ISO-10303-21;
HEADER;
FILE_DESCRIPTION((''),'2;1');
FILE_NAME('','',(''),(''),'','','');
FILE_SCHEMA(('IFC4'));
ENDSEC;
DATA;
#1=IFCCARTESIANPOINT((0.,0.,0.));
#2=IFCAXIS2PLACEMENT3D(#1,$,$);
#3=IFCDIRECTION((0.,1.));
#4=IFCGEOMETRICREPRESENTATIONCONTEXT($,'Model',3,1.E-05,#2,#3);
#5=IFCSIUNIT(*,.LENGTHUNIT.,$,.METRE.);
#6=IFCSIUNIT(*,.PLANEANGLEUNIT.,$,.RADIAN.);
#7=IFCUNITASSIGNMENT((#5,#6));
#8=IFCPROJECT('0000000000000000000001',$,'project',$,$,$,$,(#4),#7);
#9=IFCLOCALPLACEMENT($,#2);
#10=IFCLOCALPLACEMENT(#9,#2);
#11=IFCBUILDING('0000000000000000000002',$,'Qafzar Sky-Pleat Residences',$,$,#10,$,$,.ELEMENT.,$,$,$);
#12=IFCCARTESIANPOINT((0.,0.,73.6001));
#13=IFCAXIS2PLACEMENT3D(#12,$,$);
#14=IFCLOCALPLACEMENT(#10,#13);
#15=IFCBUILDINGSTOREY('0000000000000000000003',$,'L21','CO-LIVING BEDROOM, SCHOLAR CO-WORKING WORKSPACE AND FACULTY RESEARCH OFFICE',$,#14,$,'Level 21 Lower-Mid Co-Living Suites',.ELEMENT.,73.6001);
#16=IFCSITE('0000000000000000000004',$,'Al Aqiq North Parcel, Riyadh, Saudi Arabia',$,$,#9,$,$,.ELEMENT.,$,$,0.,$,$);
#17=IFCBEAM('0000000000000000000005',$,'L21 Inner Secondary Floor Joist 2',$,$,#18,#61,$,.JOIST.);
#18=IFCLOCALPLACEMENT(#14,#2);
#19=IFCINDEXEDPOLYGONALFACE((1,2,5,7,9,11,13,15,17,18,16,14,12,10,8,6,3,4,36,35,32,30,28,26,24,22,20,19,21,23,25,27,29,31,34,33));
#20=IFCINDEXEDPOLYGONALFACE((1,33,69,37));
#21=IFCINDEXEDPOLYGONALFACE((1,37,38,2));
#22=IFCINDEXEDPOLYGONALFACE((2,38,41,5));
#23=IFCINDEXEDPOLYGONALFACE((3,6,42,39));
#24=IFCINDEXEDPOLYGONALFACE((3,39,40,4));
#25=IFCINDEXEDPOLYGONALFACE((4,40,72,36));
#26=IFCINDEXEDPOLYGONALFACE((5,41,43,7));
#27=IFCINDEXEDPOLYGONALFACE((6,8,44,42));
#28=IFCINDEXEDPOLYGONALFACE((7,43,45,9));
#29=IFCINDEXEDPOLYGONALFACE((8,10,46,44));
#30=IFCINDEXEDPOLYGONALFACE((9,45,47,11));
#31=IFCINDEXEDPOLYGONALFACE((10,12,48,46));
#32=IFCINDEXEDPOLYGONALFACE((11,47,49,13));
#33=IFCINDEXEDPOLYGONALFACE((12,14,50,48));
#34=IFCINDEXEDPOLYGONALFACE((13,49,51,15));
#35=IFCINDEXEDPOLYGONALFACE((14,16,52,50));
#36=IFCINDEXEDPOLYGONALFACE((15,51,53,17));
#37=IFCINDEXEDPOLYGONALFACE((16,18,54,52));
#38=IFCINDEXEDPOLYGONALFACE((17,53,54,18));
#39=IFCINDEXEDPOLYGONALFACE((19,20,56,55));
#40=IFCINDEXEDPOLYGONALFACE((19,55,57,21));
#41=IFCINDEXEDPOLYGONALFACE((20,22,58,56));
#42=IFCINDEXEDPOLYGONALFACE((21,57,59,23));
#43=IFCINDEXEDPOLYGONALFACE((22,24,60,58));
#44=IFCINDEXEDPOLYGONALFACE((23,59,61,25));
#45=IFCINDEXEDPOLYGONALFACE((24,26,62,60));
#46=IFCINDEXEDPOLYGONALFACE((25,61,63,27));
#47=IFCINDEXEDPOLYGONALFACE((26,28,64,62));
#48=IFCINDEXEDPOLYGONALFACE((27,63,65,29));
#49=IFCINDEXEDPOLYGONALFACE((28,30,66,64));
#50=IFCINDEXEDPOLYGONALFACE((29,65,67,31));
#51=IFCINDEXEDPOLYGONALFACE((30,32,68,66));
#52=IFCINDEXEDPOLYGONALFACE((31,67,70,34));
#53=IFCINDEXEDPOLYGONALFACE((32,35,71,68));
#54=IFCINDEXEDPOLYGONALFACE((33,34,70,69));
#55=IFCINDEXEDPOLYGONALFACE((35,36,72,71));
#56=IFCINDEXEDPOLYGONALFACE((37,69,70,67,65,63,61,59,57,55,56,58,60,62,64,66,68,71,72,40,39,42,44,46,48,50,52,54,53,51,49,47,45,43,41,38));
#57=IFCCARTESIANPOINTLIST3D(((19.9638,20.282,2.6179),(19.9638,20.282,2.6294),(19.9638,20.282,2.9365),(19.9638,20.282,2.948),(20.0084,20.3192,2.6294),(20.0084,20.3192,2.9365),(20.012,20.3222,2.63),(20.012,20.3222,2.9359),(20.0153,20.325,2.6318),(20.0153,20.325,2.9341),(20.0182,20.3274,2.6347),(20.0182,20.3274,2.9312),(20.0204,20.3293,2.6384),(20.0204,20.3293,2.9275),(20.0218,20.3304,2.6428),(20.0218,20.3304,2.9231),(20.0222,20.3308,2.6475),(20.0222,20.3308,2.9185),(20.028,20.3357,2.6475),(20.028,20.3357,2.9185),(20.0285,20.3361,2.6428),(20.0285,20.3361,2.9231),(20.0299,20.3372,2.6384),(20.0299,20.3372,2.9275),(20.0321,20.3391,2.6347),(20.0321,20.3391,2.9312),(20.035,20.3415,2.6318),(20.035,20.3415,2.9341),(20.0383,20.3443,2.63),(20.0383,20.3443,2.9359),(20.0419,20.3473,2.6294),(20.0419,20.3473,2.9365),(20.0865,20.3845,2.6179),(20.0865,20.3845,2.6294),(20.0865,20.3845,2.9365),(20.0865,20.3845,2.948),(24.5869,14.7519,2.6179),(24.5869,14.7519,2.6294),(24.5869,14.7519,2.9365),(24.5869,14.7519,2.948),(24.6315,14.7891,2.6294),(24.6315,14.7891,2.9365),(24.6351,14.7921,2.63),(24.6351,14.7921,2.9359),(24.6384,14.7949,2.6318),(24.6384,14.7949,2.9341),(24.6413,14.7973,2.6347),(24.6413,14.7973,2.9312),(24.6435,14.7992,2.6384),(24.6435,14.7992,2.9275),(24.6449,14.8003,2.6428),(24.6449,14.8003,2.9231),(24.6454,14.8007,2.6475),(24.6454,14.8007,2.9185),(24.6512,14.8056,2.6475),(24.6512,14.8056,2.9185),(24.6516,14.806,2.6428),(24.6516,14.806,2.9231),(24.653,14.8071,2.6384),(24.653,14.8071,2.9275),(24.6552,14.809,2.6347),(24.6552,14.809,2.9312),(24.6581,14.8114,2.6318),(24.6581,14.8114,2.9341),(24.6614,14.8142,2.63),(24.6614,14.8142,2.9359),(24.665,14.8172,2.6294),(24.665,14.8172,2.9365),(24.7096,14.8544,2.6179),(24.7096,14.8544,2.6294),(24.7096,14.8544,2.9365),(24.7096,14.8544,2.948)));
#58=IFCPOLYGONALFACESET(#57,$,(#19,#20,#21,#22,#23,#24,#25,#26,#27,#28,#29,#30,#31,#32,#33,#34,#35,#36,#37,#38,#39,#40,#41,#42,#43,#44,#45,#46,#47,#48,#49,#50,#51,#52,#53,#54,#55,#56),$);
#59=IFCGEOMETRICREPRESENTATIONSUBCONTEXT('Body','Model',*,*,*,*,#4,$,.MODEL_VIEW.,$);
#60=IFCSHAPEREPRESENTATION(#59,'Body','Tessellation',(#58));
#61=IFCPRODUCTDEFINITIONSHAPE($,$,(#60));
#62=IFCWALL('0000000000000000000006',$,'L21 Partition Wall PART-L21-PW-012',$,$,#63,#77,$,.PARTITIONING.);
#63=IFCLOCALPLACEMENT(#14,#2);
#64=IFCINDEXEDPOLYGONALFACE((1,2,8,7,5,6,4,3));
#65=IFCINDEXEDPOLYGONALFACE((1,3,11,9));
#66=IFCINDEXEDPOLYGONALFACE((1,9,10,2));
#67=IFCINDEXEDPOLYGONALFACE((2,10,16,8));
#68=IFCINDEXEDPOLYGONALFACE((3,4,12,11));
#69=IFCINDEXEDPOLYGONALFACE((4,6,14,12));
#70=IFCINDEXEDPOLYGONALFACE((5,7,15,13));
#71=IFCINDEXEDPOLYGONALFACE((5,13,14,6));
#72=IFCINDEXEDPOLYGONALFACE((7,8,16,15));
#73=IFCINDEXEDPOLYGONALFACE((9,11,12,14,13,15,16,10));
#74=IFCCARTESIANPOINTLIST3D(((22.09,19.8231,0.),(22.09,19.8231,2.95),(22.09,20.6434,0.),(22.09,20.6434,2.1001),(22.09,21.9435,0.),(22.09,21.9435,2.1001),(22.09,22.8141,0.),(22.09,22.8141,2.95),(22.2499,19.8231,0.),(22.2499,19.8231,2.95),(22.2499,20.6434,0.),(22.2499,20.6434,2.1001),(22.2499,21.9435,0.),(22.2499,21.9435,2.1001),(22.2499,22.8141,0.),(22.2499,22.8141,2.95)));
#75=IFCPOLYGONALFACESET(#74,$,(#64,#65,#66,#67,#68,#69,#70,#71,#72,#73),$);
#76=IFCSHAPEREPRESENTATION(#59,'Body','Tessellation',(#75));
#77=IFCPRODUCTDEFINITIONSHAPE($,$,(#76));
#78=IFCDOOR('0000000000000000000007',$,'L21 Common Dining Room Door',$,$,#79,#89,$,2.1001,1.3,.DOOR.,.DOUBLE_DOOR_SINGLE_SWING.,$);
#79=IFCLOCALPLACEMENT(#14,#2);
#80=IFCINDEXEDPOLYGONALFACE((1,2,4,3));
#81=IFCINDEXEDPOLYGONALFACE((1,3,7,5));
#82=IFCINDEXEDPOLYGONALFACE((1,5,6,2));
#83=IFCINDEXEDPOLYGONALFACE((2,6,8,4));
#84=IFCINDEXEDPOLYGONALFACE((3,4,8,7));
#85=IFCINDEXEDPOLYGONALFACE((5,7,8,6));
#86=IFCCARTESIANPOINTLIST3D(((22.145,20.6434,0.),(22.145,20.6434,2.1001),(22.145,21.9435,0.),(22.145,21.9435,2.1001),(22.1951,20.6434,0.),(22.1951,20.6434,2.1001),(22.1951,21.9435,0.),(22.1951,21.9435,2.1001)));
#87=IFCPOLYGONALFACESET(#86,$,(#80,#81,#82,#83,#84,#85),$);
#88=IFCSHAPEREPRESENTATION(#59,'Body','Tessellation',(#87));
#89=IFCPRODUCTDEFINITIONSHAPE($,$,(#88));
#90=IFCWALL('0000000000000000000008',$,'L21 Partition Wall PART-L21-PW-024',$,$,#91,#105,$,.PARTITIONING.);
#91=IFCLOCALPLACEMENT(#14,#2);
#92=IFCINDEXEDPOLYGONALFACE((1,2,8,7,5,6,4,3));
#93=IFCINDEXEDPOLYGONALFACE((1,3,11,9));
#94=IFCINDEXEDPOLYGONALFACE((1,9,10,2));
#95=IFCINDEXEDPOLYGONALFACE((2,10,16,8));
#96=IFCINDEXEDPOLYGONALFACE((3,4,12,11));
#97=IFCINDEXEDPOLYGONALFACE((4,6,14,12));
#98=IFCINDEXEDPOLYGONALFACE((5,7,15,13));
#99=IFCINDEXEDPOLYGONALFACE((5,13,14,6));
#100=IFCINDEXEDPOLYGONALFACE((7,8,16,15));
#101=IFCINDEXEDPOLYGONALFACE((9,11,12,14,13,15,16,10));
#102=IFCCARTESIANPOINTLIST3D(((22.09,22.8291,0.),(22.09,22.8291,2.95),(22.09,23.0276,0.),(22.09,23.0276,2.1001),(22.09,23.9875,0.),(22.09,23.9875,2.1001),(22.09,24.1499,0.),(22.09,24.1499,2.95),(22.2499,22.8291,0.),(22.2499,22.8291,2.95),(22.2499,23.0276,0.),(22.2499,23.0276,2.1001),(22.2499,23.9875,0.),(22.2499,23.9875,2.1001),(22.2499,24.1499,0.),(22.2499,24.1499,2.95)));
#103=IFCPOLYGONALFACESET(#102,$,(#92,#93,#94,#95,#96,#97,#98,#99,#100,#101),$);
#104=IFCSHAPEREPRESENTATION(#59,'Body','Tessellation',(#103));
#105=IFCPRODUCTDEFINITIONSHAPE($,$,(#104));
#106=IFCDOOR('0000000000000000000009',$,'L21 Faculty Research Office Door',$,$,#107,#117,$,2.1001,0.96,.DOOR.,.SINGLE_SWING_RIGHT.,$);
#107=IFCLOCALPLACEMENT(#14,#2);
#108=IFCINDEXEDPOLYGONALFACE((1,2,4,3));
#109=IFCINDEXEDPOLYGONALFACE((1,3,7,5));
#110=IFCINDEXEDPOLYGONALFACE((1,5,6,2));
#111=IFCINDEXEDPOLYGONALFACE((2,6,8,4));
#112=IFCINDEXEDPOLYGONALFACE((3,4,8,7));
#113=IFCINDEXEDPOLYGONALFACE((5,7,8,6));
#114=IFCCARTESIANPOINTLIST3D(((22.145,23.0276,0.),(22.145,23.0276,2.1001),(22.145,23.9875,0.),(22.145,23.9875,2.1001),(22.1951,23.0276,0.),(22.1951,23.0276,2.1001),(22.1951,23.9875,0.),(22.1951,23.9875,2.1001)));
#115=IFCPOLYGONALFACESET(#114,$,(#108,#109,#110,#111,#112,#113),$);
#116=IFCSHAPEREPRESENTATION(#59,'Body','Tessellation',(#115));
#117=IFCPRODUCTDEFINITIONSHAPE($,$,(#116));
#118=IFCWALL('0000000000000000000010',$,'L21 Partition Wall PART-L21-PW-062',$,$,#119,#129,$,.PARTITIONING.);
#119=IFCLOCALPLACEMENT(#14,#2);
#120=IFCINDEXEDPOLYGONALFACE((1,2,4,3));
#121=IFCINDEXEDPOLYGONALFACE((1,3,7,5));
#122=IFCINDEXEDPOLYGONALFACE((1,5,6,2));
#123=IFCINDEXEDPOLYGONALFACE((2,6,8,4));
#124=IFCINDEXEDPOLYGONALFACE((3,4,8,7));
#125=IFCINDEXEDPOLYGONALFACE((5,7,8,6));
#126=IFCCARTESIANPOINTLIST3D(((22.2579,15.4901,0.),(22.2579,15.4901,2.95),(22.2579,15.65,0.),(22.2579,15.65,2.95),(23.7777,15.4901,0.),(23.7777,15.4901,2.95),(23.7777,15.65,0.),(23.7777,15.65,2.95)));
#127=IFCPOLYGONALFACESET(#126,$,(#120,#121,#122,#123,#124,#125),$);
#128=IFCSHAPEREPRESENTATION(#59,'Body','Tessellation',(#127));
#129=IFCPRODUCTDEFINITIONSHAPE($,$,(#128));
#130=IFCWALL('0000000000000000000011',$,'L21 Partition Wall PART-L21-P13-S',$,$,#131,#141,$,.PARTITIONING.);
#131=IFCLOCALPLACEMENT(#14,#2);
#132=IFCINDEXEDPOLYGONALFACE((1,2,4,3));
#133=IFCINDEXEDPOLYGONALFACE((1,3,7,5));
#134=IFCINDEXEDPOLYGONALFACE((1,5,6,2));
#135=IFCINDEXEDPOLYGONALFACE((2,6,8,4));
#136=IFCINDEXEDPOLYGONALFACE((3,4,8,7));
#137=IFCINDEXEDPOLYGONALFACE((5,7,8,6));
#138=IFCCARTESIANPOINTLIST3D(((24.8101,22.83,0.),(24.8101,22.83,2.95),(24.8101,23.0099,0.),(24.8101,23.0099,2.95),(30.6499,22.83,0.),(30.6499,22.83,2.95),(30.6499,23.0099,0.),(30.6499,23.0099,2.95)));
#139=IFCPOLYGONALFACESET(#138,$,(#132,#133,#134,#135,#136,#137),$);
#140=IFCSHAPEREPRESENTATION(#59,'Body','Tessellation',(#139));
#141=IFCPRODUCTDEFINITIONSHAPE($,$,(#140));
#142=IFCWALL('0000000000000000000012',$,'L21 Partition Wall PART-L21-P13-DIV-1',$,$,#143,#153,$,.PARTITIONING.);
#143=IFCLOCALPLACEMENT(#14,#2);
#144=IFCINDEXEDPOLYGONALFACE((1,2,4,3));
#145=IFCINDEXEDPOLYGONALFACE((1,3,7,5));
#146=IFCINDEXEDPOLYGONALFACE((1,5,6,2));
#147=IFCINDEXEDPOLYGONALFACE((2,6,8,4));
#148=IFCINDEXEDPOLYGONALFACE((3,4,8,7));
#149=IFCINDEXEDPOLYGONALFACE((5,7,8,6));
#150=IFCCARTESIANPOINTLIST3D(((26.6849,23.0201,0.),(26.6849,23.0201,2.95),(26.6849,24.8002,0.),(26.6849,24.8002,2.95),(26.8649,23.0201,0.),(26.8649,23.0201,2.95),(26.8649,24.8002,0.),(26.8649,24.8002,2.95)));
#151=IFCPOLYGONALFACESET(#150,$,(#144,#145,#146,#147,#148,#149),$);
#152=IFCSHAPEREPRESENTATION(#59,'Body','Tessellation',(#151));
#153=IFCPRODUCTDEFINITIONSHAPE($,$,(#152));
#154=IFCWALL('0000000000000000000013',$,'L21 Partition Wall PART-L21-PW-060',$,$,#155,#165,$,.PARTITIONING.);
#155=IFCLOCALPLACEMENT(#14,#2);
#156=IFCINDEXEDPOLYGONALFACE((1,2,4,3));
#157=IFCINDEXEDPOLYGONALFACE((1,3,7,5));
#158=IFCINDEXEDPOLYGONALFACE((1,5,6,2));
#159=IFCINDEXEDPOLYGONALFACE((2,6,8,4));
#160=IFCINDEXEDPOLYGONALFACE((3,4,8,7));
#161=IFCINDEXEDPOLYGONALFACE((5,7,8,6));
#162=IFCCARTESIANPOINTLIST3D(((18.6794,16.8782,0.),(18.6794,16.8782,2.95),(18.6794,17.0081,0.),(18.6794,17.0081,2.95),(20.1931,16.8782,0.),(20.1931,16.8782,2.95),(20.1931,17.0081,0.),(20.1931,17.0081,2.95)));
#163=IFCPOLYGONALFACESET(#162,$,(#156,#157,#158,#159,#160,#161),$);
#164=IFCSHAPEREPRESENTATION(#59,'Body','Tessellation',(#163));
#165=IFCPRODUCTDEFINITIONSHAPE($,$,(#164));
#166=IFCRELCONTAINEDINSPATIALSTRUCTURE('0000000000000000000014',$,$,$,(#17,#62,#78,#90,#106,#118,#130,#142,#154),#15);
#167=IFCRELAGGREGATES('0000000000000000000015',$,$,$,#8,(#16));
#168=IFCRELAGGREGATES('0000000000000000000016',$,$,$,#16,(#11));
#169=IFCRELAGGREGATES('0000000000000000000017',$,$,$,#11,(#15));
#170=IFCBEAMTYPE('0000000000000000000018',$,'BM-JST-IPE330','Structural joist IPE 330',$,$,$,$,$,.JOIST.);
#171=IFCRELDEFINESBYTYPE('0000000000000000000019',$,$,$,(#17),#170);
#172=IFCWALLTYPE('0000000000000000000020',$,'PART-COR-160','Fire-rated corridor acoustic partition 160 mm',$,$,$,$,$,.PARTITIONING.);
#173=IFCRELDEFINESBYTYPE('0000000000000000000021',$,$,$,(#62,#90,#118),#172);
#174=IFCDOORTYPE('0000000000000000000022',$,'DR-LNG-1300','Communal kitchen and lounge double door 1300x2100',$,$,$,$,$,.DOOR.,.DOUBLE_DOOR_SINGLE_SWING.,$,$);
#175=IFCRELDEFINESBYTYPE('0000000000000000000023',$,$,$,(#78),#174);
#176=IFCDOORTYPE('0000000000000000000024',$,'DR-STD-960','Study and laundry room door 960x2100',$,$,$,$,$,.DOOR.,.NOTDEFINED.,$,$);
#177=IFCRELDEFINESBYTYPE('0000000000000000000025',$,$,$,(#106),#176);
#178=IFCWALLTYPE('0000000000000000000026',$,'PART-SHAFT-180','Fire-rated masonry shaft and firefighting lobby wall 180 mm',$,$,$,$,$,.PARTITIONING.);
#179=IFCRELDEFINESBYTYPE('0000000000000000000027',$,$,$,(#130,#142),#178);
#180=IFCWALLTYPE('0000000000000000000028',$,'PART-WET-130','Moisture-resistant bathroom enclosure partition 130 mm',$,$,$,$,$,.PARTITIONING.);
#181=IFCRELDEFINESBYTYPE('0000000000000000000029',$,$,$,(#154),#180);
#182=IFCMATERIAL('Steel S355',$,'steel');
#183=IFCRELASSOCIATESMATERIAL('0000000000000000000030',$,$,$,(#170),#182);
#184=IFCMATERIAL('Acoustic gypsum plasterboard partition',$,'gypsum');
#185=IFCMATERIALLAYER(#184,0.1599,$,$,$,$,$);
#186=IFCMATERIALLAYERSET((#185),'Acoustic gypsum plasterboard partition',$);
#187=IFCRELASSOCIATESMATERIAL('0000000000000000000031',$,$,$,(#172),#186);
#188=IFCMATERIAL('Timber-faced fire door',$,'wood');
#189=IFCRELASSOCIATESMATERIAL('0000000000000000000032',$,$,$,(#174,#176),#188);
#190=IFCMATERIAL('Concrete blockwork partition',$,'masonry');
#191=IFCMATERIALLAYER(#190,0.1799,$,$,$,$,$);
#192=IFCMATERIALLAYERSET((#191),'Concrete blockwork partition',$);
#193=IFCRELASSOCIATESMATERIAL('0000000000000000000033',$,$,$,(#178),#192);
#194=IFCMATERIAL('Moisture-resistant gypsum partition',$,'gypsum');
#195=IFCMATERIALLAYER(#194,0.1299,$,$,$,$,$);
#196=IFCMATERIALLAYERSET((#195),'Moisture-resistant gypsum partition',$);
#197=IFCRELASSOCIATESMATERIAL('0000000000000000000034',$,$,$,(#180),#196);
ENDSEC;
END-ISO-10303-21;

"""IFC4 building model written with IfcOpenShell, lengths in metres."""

from ifc_helpers import new_model, si_unit, direction, frame, frame_2d, origin, origin_2d, place, context, subcontext, project, spatial, rectangle, i_section, extrude, source, transform, mapped, material, layer, layer_set, material_profile, profile_set, type_object, element, fill, save


model = new_model("IFC4")

# Units and contexts
model_context = context("Model", 3, precision=1e-05, world=origin(), true_north=direction((0.0, 1.0)))
body_context = subcontext(model_context, "Body", "Model", "MODEL_VIEW")
ifc_project = project(units=[si_unit("LENGTHUNIT", "METRE"), si_unit("PLANEANGLEUNIT", "RADIAN")], contexts=[model_context])

# Site, building, storey
site_placement = place(None, origin())
site = spatial("IfcSite", under=ifc_project, at=site_placement, Name="Al Aqiq North Parcel, Riyadh, Saudi Arabia", CompositionType="ELEMENT", RefElevation=0.0)
building_placement = place(site_placement, origin())
building = spatial("IfcBuilding", under=site, at=building_placement, Name="Qafzar Sky-Pleat Residences", CompositionType="ELEMENT")
storey_placement = place(building_placement, frame((0.0, 0.0, 73.6001)))
storey = spatial("IfcBuildingStorey", under=building, at=storey_placement, Name="L21", Description="CO-LIVING BEDROOM, SCHOLAR CO-WORKING WORKSPACE AND FACULTY RESEARCH OFFICE", LongName="Level 21 Lower-Mid Co-Living Suites", CompositionType="ELEMENT", Elevation=73.6001)

# Beam
ifc_material_1 = material(Name="Steel S355", Category="steel")
ifc_material_profile = material_profile(ifc_material_1, i_section(OverallWidth=0.1599, OverallDepth=0.3301, WebThickness=0.0076, FlangeThickness=0.0115, FilletRadius=0.0181, at=origin_2d()), Name="IPE 330")
ifc_profile_set = profile_set([ifc_material_profile], Name="Steel S355")
beam_type = type_object("IfcBeamType", Name="BM-JST-IPE330", Description="Structural joist IPE 330", PredefinedType="JOIST", material=ifc_profile_set)
shared_shape_1 = source(origin(), body_context, "Body", "SweptSolid", [
    extrude(i_section(OverallWidth=0.1599, OverallDepth=0.3301, WebThickness=0.0076, FlangeThickness=0.0115, FilletRadius=0.0181, at=origin_2d()), origin(), (0.0, 0.0, 1.0), 7.208),
])
beam_placement = place(storey_placement, frame((20.0251, 20.3333, 2.783), z_axis=(0.641386, -0.767218, 0.0), x_axis=(0.767218, 0.641386, 0.0)))
element("IfcBeam", 1, at=beam_placement, inside=storey, type_object=beam_type, Name="L21 Inner Secondary Floor Joist 2", PredefinedType="JOIST", context=body_context, shape_type="MappedRepresentation", body=[
    mapped(shared_shape_1, transform((0.0, 0.0, 0.0), x_axis=(1.0, 0.0, 0.0), y_axis=(0.0, 1.0, 0.0), z_axis=(0.0, 0.0, 1.0), scale=1.0)),
])

# Walls, openings, doors
ifc_material_2 = material(Name="Acoustic gypsum plasterboard partition", Category="gypsum")
ifc_layer_1 = layer(ifc_material_2, 0.1599)
ifc_layer_set_1 = layer_set([ifc_layer_1], Name="Acoustic gypsum plasterboard partition")
wall_type_1 = type_object("IfcWallType", Name="PART-COR-160", Description="Fire-rated corridor acoustic partition 160 mm", PredefinedType="PARTITIONING", material=ifc_layer_set_1)
wall_1_placement = place(storey_placement, frame((22.1699, 19.823, 0.0), z_axis=(0.0, 0.0, 1.0), x_axis=(0.0, 1.0, 0.0)))
wall_1 = element("IfcWall", 2, at=wall_1_placement, inside=storey, type_object=wall_type_1, Name="L21 Partition Wall PART-L21-PW-012", PredefinedType="PARTITIONING", context=body_context, shape_type="SweptSolid", body=[
    extrude(rectangle(XDim=2.991, YDim=0.1599, at=frame_2d((1.4956, 0.0))), origin(), (0.0, 0.0, 1.0), 2.95),
])
opening_1_placement = place(wall_1_placement, frame((0.8206, 0.0, 0.0)))
opening_1 = element("IfcOpeningElement", 3, at=opening_1_placement, cuts=wall_1, PredefinedType="OPENING", context=body_context, shape_type="SweptSolid", body=[
    extrude(rectangle(XDim=1.3, YDim=2.1001, at=frame_2d((0.6499, 1.05))), frame((0.0, 0.0898, 0.0), z_axis=(0.0, -1.0, 0.0), x_axis=(1.0, 0.0, 0.0)), (0.0, 0.0, 1.0), 0.1799),
])
ifc_material_3 = material(Name="Timber-faced fire door", Category="wood")
door_type_1 = type_object("IfcDoorType", Name="DR-LNG-1300", Description="Communal kitchen and lounge double door 1300x2100", OperationType="DOUBLE_DOOR_SINGLE_SWING", PredefinedType="DOOR", material=ifc_material_3)
shared_shape_2 = source(origin(), body_context, "Body", "SweptSolid", [
    extrude(rectangle(XDim=1.3, YDim=2.1001, at=frame_2d((0.6499, 1.05))), frame((0.0, 0.0249, 0.0), z_axis=(0.0, -1.0, 0.0), x_axis=(1.0, 0.0, 0.0)), (0.0, 0.0, 1.0), 0.05),
])
door_1_placement = place(opening_1_placement, origin())
door_1 = element("IfcDoor", 4, at=door_1_placement, inside=storey, type_object=door_type_1, Name="L21 Common Dining Room Door", OperationType="DOUBLE_DOOR_SINGLE_SWING", OverallHeight=2.1001, OverallWidth=1.3, PredefinedType="DOOR", context=body_context, shape_type="MappedRepresentation", body=[
    mapped(shared_shape_2, transform((0.0, 0.0, 0.0), x_axis=(1.0, 0.0, 0.0), y_axis=(0.0, 1.0, 0.0), z_axis=(0.0, 0.0, 1.0), scale=1.0)),
])
fill(opening_1, door_1)
wall_2_placement = place(storey_placement, frame((22.1699, 22.8291, 0.0), z_axis=(0.0, 0.0, 1.0), x_axis=(0.0, 1.0, 0.0)))
wall_2 = element("IfcWall", 5, at=wall_2_placement, inside=storey, type_object=wall_type_1, Name="L21 Partition Wall PART-L21-PW-024", PredefinedType="PARTITIONING", context=body_context, shape_type="SweptSolid", body=[
    extrude(rectangle(XDim=1.3208, YDim=0.1599, at=frame_2d((0.6604, 0.0))), origin(), (0.0, 0.0, 1.0), 2.95),
])
opening_2_placement = place(wall_2_placement, frame((0.1985, 0.0, 0.0)))
opening_2 = element("IfcOpeningElement", 6, at=opening_2_placement, cuts=wall_2, PredefinedType="OPENING", context=body_context, shape_type="SweptSolid", body=[
    extrude(rectangle(XDim=0.96, YDim=2.1001, at=frame_2d((0.48, 1.05))), frame((0.0, 0.0898, 0.0), z_axis=(0.0, -1.0, 0.0), x_axis=(1.0, 0.0, 0.0)), (0.0, 0.0, 1.0), 0.1799),
])
door_type_2 = type_object("IfcDoorType", Name="DR-STD-960", Description="Study and laundry room door 960x2100", OperationType="NOTDEFINED", PredefinedType="DOOR", material=ifc_material_3)
shared_shape_3 = source(origin(), body_context, "Body", "SweptSolid", [
    extrude(rectangle(XDim=0.96, YDim=2.1001, at=frame_2d((0.48, 1.05))), frame((0.0, 0.0249, 0.0), z_axis=(0.0, -1.0, 0.0), x_axis=(1.0, 0.0, 0.0)), (0.0, 0.0, 1.0), 0.05),
])
door_2_placement = place(opening_2_placement, origin())
door_2 = element("IfcDoor", 7, at=door_2_placement, inside=storey, type_object=door_type_2, Name="L21 Faculty Research Office Door", OperationType="SINGLE_SWING_RIGHT", OverallHeight=2.1001, OverallWidth=0.96, PredefinedType="DOOR", context=body_context, shape_type="MappedRepresentation", body=[
    mapped(shared_shape_3, transform((0.0, 0.0, 0.0), x_axis=(1.0, 0.0, 0.0), y_axis=(0.0, 1.0, 0.0), z_axis=(0.0, 0.0, 1.0), scale=1.0)),
])
fill(opening_2, door_2)

# Walls
wall_3_placement = place(storey_placement, frame((22.2581, 15.5701, 0.0), z_axis=(0.0, 0.0, 1.0), x_axis=(1.0, 0.0, 0.0)))
element("IfcWall", 8, at=wall_3_placement, inside=storey, type_object=wall_type_1, Name="L21 Partition Wall PART-L21-PW-062", PredefinedType="PARTITIONING", context=body_context, shape_type="SweptSolid", body=[
    extrude(rectangle(XDim=1.5198, YDim=0.1599, at=frame_2d((0.7598, 0.0))), origin(), (0.0, 0.0, 1.0), 2.95),
])
ifc_material_4 = material(Name="Concrete blockwork partition", Category="masonry")
ifc_layer_2 = layer(ifc_material_4, 0.1799)
ifc_layer_set_2 = layer_set([ifc_layer_2], Name="Concrete blockwork partition")
wall_type_2 = type_object("IfcWallType", Name="PART-SHAFT-180", Description="Fire-rated masonry shaft and firefighting lobby wall 180 mm", PredefinedType="PARTITIONING", material=ifc_layer_set_2)
wall_4_placement = place(storey_placement, frame((24.8101, 22.9199, 0.0), z_axis=(0.0, 0.0, 1.0), x_axis=(1.0, 0.0, 0.0)))
element("IfcWall", 9, at=wall_4_placement, inside=storey, type_object=wall_type_2, Name="L21 Partition Wall PART-L21-P13-S", PredefinedType="PARTITIONING", context=body_context, shape_type="SweptSolid", body=[
    extrude(rectangle(XDim=5.8398, YDim=0.1799, at=frame_2d((2.9199, 0.0))), origin(), (0.0, 0.0, 1.0), 2.95),
])

# Walls
wall_5_placement = place(storey_placement, frame((26.7749, 23.02, 0.0), z_axis=(0.0, 0.0, 1.0), x_axis=(0.0, 1.0, 0.0)))
element("IfcWall", 10, at=wall_5_placement, inside=storey, type_object=wall_type_2, Name="L21 Partition Wall PART-L21-P13-DIV-1", PredefinedType="PARTITIONING", context=body_context, shape_type="SweptSolid", body=[
    extrude(rectangle(XDim=1.78, YDim=0.1799, at=frame_2d((0.8901, 0.0))), origin(), (0.0, 0.0, 1.0), 2.95),
])
ifc_material_5 = material(Name="Moisture-resistant gypsum partition", Category="gypsum")
ifc_layer_3 = layer(ifc_material_5, 0.1299)
ifc_layer_set_3 = layer_set([ifc_layer_3], Name="Moisture-resistant gypsum partition")
wall_type_3 = type_object("IfcWallType", Name="PART-WET-130", Description="Moisture-resistant bathroom enclosure partition 130 mm", PredefinedType="PARTITIONING", material=ifc_layer_set_3)
wall_6_placement = place(storey_placement, frame((18.6794, 16.9431, 0.0), z_axis=(0.0, 0.0, 1.0), x_axis=(1.0, 0.0, 0.0)))
element("IfcWall", 11, at=wall_6_placement, inside=storey, type_object=wall_type_3, Name="L21 Partition Wall PART-L21-PW-060", PredefinedType="PARTITIONING", context=body_context, shape_type="SweptSolid", body=[
    extrude(rectangle(XDim=1.5137, YDim=0.1299, at=frame_2d((0.7568, 0.0))), origin(), (0.0, 0.0, 1.0), 2.95),
])

save(model, "model.ifc")
